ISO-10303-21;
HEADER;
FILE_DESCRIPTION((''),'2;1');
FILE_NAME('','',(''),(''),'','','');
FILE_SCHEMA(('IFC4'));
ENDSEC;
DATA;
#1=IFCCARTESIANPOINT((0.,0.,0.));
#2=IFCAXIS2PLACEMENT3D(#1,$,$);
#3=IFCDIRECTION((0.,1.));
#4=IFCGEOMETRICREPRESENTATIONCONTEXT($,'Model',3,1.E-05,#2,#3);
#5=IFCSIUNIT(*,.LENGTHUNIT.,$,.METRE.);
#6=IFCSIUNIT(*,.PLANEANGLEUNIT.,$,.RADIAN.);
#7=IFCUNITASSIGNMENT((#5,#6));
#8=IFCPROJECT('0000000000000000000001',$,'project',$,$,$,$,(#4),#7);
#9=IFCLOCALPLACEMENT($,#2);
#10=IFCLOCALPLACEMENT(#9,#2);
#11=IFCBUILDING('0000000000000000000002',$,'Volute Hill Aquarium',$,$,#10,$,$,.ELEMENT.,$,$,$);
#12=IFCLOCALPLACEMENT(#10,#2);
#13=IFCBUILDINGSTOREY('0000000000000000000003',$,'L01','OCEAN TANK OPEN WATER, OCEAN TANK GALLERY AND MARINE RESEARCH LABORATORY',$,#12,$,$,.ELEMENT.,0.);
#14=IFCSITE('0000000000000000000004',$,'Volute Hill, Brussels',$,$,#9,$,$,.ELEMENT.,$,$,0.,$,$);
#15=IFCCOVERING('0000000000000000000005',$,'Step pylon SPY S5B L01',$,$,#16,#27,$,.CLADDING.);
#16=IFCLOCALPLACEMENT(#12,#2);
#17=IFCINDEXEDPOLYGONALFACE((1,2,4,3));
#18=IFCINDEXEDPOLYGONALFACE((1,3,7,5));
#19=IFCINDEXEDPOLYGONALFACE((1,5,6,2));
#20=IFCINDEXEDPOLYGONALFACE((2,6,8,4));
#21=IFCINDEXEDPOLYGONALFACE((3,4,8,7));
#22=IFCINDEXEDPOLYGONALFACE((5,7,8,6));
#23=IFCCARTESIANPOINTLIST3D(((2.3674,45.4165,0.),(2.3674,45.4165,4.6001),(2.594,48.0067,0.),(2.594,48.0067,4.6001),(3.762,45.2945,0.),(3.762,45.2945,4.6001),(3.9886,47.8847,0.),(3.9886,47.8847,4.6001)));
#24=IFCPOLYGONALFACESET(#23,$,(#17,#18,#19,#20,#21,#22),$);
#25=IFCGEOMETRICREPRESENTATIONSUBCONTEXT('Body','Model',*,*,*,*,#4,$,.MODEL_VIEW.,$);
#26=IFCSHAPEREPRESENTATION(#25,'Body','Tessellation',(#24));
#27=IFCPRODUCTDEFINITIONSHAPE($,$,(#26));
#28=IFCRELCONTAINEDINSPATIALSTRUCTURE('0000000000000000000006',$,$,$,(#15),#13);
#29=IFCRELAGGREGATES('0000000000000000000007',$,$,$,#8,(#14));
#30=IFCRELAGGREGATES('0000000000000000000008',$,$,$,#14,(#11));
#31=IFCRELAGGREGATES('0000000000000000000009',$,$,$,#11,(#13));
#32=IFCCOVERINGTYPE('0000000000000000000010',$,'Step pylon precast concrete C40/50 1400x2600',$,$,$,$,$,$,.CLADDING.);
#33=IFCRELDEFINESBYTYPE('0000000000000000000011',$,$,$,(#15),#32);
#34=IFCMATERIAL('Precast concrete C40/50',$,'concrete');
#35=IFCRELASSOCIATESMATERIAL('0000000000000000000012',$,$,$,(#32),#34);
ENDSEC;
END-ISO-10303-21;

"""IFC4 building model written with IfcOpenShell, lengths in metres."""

from ifc_helpers import new_model, si_unit, direction, frame, origin, origin_2d, place, context, subcontext, project, spatial, rectangle, extrude, material, type_object, element, save


model = new_model("IFC4")

# Units and contexts
model_context = context("Model", 3, precision=1e-05, world=origin(), true_north=direction((0.0, 1.0)))
body_context = subcontext(model_context, "Body", "Model", "MODEL_VIEW")
ifc_project = project(units=[si_unit("LENGTHUNIT", "METRE"), si_unit("PLANEANGLEUNIT", "RADIAN")], contexts=[model_context])

# Site, building, storey
site_placement = place(None, origin())
site = spatial("IfcSite", under=ifc_project, at=site_placement, Name="Volute Hill, Brussels", CompositionType="ELEMENT", RefElevation=0.0)
building_placement = place(site_placement, origin())
building = spatial("IfcBuilding", under=site, at=building_placement, Name="Volute Hill Aquarium", CompositionType="ELEMENT")
storey_placement = place(building_placement, origin())
storey = spatial("IfcBuildingStorey", under=building, at=storey_placement, Name="L01", Description="OCEAN TANK OPEN WATER, OCEAN TANK GALLERY AND MARINE RESEARCH LABORATORY", CompositionType="ELEMENT", Elevation=0.0)

# Covering
ifc_material_1 = material(Name="Precast concrete C40/50", Category="concrete")
covering_type_1 = type_object("IfcCoveringType", Name="Step pylon precast concrete C40/50 1400x2600", PredefinedType="CLADDING", material=ifc_material_1)
covering_1_placement = place(storey_placement, frame((3.178, 46.6506, 0.0), z_axis=(0.0, 0.0, 1.0), x_axis=(0.087156, 0.996195, 0.0)))
element("IfcCovering", 1, at=covering_1_placement, inside=storey, type_object=covering_type_1, Name="Step pylon SPY S5B L01", PredefinedType="CLADDING", context=body_context, shape_type="SweptSolid", body=[
    extrude(rectangle(XDim=2.6001, YDim=1.3999, at=origin_2d()), origin(), (0.0, 0.0, 1.0), 4.6001),
])

save(model, "model.ifc")
